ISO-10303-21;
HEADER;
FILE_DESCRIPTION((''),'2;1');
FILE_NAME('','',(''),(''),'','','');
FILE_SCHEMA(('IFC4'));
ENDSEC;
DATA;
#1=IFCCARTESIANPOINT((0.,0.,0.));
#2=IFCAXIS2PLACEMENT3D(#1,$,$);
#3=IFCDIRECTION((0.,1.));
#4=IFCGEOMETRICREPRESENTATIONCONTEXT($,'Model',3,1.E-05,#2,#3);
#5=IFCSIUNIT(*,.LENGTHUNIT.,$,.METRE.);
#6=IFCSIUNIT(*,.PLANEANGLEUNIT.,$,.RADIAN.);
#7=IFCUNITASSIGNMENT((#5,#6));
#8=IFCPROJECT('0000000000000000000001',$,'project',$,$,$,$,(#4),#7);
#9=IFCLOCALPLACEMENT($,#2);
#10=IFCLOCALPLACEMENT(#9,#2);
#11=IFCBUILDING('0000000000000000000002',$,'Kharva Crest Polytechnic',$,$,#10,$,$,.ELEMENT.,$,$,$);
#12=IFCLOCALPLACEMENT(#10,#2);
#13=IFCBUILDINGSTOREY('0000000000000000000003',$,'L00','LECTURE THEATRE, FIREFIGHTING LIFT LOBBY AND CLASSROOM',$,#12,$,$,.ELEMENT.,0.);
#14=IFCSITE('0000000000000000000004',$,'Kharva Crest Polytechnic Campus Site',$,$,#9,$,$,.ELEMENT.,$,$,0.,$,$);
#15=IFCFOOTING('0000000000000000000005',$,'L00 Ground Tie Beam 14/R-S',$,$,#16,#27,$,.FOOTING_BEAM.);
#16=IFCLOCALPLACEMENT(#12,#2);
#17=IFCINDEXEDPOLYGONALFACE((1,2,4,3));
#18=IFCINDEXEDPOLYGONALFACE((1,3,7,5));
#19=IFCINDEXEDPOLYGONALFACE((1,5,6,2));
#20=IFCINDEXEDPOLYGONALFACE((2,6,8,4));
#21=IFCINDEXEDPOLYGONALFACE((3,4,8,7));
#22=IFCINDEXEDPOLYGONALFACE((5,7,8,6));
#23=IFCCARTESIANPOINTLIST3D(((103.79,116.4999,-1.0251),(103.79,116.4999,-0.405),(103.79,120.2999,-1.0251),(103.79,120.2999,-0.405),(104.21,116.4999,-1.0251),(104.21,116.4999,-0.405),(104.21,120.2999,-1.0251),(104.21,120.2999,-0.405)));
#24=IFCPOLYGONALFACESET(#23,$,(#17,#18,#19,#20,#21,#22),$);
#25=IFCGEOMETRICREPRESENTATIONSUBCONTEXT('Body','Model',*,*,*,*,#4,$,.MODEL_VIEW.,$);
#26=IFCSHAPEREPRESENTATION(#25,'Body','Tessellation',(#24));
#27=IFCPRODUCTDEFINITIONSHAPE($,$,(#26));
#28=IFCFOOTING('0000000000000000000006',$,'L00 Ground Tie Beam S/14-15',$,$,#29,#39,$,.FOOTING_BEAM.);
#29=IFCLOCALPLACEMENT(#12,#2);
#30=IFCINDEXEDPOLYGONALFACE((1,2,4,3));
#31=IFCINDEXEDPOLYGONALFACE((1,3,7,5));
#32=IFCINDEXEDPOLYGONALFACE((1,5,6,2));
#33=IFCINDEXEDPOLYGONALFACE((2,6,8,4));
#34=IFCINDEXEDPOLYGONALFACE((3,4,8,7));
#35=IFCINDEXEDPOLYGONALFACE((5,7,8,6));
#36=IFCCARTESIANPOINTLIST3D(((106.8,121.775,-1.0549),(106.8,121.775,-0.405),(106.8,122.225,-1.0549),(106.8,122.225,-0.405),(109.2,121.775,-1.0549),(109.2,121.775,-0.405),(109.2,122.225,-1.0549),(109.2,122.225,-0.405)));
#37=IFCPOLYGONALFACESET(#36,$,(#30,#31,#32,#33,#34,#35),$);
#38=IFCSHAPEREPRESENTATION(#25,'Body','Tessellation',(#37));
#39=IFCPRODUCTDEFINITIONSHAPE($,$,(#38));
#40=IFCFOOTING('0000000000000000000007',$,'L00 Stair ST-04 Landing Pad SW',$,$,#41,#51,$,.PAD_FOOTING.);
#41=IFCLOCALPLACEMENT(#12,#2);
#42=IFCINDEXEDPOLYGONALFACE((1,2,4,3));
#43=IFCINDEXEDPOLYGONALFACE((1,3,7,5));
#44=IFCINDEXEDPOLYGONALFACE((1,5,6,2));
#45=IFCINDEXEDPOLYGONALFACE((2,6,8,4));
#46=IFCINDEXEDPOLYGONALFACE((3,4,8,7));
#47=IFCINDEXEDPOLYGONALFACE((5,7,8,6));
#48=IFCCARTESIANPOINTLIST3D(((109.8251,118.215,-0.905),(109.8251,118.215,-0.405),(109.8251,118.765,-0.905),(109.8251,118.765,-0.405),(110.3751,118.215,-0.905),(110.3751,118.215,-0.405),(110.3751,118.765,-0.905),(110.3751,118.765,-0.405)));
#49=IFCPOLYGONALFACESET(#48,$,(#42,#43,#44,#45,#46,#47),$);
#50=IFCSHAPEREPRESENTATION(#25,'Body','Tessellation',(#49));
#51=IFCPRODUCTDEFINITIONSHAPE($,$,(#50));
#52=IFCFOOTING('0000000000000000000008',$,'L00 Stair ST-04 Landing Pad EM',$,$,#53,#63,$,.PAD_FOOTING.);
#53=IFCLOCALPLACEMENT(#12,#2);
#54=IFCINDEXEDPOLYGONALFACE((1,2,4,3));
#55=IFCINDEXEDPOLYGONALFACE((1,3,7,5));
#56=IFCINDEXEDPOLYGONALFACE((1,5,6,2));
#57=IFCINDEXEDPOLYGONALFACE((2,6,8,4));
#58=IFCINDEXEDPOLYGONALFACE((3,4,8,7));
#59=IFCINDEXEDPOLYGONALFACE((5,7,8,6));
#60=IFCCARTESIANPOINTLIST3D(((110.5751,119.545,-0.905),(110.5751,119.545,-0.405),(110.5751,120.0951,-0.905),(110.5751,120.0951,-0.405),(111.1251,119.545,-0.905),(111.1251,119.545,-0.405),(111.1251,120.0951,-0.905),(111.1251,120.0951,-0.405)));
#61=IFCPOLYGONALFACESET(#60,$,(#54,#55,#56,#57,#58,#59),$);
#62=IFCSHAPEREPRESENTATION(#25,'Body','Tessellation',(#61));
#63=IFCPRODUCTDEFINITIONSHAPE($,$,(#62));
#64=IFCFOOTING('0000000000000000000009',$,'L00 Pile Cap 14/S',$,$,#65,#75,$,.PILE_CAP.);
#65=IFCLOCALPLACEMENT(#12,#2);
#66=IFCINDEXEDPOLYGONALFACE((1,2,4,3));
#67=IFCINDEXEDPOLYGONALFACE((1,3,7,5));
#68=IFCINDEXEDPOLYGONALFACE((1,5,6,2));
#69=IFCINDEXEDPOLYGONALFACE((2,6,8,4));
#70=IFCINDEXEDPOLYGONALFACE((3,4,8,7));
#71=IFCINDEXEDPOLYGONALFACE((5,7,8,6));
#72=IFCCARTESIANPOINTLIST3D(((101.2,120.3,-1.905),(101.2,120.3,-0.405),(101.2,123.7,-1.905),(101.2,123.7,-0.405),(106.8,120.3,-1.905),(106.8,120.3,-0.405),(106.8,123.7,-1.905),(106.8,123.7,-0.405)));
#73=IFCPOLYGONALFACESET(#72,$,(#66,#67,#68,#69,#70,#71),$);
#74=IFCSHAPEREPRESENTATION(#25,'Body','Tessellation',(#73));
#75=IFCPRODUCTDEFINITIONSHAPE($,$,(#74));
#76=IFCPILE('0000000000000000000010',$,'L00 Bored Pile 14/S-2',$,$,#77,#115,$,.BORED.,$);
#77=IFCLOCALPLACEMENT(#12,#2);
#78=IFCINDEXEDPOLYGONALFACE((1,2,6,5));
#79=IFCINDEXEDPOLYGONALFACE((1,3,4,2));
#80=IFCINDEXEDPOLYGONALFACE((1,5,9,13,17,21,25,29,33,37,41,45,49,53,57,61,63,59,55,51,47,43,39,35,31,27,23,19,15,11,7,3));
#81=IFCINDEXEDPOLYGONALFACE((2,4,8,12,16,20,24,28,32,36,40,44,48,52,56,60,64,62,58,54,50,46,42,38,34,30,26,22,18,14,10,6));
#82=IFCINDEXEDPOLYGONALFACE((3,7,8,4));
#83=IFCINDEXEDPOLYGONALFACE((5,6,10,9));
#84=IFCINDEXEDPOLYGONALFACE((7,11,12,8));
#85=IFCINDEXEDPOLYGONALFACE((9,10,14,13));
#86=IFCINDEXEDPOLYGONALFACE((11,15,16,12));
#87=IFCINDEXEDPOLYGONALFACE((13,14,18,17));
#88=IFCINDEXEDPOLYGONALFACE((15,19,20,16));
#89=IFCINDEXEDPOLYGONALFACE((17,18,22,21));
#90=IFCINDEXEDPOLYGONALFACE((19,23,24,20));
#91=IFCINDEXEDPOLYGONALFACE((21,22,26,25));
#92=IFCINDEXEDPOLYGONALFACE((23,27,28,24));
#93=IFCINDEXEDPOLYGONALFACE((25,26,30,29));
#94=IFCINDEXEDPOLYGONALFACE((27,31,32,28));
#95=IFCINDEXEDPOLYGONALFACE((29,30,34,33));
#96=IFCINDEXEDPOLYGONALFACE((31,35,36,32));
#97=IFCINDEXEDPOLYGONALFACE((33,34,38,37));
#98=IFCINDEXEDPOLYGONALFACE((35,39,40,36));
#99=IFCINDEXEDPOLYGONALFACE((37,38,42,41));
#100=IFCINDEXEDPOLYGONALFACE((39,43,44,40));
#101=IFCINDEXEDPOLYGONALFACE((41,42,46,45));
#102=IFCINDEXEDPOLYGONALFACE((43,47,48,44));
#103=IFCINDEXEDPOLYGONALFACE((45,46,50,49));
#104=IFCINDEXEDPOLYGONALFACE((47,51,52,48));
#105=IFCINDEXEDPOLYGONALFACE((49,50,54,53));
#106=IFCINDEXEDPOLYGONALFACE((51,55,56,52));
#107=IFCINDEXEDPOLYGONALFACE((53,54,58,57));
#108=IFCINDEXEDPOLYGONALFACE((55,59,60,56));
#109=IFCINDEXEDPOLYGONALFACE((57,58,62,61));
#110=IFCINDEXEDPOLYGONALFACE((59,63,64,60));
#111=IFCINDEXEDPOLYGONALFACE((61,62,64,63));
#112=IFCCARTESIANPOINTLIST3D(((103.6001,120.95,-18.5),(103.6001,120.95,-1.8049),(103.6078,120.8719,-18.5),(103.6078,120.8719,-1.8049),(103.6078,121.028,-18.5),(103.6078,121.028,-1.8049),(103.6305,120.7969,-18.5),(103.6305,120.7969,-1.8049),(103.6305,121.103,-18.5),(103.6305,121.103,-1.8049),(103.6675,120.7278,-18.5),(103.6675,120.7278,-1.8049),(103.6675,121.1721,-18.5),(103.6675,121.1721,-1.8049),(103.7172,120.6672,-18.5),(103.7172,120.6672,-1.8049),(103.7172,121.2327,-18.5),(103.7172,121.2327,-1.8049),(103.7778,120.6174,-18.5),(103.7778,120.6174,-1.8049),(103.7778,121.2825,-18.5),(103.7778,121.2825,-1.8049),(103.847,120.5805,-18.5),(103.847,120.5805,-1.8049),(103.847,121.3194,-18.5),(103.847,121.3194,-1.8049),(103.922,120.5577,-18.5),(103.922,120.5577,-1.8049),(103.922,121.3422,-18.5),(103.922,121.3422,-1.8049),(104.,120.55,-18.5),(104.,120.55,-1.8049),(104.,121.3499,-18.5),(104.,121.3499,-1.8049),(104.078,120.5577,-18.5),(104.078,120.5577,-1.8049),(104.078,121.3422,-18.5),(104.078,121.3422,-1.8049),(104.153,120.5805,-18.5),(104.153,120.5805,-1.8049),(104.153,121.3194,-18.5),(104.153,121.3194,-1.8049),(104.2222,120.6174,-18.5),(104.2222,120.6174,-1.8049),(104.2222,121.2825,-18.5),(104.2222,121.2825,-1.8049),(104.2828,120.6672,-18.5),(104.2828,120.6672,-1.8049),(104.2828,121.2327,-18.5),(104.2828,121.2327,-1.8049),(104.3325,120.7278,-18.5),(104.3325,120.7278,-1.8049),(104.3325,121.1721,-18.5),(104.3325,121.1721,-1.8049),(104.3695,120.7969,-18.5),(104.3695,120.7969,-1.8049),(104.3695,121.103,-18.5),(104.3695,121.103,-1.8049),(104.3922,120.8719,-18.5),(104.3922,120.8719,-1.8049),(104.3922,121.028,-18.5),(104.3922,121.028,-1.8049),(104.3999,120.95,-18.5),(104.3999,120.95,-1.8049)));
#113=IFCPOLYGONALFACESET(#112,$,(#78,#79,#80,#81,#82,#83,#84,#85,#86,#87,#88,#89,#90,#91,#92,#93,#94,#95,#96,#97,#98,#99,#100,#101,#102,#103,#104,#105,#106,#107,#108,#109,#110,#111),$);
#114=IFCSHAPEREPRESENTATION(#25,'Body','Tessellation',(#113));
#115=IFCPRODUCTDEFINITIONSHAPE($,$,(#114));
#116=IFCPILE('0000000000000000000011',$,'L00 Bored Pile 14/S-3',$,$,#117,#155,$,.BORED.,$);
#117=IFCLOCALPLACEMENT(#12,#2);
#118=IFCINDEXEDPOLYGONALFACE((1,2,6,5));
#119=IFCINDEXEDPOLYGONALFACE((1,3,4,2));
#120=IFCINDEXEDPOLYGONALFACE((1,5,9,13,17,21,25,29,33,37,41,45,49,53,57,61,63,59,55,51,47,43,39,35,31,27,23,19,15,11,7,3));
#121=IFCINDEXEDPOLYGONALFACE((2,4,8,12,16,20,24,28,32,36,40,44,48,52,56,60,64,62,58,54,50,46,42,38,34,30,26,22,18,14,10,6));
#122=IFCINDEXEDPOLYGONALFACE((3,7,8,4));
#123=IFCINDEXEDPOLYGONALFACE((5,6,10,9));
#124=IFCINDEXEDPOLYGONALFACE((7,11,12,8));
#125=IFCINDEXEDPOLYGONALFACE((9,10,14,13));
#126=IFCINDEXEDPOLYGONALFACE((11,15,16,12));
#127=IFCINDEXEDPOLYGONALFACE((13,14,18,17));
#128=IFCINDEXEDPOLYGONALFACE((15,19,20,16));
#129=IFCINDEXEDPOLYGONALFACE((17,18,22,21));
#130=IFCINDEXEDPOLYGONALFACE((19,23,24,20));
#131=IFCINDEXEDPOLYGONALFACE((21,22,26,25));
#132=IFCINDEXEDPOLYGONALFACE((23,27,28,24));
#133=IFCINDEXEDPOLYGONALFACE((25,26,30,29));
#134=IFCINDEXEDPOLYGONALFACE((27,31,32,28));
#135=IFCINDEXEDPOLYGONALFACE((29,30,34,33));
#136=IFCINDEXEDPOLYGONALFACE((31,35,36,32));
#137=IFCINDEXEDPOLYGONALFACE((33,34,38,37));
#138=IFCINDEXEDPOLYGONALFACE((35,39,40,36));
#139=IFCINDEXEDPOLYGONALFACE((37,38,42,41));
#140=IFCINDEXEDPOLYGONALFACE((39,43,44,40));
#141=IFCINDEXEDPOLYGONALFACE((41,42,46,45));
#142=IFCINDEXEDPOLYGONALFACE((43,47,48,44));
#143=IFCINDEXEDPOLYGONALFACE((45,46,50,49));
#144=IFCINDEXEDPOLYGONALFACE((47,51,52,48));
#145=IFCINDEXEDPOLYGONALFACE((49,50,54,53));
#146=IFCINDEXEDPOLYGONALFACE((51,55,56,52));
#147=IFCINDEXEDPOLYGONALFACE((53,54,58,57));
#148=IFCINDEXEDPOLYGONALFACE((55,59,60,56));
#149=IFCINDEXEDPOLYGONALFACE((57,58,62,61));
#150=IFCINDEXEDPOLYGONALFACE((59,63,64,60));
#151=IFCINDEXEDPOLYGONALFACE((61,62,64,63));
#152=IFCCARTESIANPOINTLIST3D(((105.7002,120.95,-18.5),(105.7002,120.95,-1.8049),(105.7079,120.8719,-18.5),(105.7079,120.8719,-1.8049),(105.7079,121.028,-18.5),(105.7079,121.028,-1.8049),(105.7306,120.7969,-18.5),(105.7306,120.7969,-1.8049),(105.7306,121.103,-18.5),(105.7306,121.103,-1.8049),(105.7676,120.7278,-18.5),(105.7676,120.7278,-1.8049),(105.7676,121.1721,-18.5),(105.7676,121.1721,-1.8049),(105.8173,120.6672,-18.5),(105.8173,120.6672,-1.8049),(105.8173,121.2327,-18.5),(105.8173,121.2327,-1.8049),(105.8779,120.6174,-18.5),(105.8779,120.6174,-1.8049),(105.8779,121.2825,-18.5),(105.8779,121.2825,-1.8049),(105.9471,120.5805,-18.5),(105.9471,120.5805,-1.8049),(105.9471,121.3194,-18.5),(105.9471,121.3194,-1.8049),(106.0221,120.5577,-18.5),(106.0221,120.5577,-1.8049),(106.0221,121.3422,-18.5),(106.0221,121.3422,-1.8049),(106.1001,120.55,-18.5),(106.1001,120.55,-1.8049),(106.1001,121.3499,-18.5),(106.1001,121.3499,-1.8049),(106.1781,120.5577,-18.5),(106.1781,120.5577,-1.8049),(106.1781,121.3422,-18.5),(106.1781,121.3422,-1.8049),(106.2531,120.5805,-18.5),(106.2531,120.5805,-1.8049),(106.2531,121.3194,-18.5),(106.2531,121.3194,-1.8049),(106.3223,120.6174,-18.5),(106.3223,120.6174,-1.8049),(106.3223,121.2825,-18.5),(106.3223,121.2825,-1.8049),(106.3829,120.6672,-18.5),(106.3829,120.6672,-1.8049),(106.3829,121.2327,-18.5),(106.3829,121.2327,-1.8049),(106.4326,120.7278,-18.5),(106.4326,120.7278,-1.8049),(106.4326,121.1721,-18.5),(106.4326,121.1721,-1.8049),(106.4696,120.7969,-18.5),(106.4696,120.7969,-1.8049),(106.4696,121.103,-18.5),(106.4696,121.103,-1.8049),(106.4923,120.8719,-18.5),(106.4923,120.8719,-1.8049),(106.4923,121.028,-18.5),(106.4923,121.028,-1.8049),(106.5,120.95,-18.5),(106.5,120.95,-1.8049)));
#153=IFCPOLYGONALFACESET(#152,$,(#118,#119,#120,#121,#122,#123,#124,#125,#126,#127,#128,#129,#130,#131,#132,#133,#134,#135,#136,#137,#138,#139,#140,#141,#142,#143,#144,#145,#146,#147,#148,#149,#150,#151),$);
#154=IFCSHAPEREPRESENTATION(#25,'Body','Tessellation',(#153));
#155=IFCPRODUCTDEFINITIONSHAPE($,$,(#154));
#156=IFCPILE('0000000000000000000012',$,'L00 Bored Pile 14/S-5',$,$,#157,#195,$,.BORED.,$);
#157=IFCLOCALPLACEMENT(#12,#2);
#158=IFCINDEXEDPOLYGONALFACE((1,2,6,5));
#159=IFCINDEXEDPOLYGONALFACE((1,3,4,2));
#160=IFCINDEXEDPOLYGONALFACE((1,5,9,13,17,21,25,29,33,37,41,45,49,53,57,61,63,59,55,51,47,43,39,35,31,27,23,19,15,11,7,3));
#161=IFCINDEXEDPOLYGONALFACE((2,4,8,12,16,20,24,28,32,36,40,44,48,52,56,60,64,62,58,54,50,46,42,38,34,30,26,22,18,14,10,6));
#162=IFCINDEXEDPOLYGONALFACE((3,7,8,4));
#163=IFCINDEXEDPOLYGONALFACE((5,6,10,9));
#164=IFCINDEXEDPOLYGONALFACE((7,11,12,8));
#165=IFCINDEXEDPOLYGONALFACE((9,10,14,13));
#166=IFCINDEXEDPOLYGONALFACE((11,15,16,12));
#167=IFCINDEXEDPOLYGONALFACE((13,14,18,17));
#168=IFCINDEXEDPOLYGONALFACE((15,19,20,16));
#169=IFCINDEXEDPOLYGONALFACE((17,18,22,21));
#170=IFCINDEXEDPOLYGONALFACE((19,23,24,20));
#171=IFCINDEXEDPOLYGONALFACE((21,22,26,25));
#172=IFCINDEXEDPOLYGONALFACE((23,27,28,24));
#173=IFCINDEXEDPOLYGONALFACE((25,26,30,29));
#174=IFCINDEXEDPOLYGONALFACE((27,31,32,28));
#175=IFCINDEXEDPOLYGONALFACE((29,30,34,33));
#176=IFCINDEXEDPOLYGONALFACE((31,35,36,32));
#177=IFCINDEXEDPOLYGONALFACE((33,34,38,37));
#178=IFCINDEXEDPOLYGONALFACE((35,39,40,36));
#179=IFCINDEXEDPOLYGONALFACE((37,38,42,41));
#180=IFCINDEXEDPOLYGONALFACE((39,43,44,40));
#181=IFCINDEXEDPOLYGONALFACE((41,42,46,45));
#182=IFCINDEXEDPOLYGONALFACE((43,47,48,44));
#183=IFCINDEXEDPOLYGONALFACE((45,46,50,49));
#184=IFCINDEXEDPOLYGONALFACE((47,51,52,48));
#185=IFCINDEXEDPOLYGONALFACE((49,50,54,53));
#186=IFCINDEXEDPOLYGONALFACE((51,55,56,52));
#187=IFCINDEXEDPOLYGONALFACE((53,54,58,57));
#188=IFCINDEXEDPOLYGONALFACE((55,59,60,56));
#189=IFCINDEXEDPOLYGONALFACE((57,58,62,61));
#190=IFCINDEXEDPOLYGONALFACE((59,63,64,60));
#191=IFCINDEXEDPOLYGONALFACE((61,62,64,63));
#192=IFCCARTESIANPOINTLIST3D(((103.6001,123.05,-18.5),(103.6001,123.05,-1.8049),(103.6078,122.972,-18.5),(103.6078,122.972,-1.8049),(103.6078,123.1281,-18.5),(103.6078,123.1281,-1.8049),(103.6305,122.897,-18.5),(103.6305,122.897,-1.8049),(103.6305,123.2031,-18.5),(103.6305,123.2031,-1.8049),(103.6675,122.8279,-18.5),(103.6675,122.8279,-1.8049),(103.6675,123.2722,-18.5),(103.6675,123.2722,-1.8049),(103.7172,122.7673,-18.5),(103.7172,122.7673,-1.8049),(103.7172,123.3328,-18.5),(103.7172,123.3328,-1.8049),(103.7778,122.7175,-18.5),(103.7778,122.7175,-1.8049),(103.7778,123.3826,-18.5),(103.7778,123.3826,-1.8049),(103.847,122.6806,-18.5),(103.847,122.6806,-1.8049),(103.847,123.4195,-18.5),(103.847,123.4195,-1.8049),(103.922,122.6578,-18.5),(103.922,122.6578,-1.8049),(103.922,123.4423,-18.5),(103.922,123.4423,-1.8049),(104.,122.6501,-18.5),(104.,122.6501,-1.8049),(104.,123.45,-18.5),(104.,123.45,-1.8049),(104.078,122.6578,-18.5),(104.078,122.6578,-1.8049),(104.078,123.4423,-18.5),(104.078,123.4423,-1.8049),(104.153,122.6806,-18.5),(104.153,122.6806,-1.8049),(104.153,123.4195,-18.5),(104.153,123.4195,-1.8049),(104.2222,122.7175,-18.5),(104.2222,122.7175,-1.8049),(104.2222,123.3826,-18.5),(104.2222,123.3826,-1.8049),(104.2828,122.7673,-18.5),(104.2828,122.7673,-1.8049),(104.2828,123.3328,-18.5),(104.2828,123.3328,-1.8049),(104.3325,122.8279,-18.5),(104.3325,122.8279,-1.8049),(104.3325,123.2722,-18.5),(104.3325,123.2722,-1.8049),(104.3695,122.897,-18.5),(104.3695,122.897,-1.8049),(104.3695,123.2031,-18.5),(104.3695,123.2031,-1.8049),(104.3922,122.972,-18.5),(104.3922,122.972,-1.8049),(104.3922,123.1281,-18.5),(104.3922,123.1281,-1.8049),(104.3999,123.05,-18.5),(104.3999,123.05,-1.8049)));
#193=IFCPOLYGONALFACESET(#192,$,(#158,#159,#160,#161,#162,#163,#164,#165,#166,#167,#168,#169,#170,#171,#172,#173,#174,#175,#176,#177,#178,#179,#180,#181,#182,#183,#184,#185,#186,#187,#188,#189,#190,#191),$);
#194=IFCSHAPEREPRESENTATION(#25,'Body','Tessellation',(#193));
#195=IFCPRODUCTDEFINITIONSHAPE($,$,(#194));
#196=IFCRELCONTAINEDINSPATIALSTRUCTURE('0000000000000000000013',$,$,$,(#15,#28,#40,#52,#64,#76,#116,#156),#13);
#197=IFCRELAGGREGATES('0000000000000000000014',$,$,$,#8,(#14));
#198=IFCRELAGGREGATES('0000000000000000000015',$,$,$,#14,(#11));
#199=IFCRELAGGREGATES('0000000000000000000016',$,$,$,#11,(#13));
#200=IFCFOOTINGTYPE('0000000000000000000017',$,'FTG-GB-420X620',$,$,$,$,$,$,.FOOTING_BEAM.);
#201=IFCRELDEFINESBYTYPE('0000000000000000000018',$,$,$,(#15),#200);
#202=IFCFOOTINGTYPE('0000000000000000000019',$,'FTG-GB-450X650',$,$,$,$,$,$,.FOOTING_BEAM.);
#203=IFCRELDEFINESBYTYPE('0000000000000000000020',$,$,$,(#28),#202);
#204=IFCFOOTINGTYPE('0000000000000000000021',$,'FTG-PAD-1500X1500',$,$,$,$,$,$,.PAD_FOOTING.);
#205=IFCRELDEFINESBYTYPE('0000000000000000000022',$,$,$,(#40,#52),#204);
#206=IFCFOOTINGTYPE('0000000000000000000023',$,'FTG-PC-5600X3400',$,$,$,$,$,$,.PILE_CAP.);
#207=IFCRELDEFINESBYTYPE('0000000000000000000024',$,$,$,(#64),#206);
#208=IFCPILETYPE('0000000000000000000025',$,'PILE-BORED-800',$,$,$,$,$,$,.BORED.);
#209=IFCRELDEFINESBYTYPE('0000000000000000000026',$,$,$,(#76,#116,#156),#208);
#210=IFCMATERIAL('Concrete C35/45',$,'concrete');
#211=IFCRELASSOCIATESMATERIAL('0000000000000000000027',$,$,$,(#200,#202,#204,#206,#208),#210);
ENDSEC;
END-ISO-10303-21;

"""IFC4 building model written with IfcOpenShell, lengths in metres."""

from ifc_helpers import new_model, si_unit, direction, frame, origin, origin_2d, place, context, subcontext, project, spatial, rectangle, circle, extrude, material, material_profile, profile_set, type_object, element, save


model = new_model("IFC4")

# Units and contexts
model_context = context("Model", 3, precision=1e-05, world=origin(), true_north=direction((0.0, 1.0)))
body_context = subcontext(model_context, "Body", "Model", "MODEL_VIEW")
ifc_project = project(units=[si_unit("LENGTHUNIT", "METRE"), si_unit("PLANEANGLEUNIT", "RADIAN")], contexts=[model_context])

# Site, building, storey
site_placement = place(None, origin())
site = spatial("IfcSite", under=ifc_project, at=site_placement, Name="Kharva Crest Polytechnic Campus Site", CompositionType="ELEMENT", RefElevation=0.0)
building_placement = place(site_placement, origin())
building = spatial("IfcBuilding", under=site, at=building_placement, Name="Kharva Crest Polytechnic", CompositionType="ELEMENT")
storey_placement = place(building_placement, origin())
storey = spatial("IfcBuildingStorey", under=building, at=storey_placement, Name="L00", Description="LECTURE THEATRE, FIREFIGHTING LIFT LOBBY AND CLASSROOM", CompositionType="ELEMENT", Elevation=0.0)

# Footings
ifc_material_1 = material(Name="Concrete C35/45", Category="concrete")
footing_type_1 = type_object("IfcFootingType", Name="FTG-GB-420X620", PredefinedType="FOOTING_BEAM", material=ifc_material_1)
footing_1_placement = place(storey_placement, frame((104.0, 118.3999, -1.0251), z_axis=(0.0, 0.0, 1.0), x_axis=(0.0, 1.0, 0.0)))
element("IfcFooting", 1, at=footing_1_placement, inside=storey, type_object=footing_type_1, Name="L00 Ground Tie Beam 14/R-S", PredefinedType="FOOTING_BEAM", context=body_context, shape_type="SweptSolid", body=[
    extrude(rectangle(XDim=3.8, YDim=0.4199, at=origin_2d()), origin(), (0.0, 0.0, 1.0), 0.6201),
])
footing_type_2 = type_object("IfcFootingType", Name="FTG-GB-450X650", PredefinedType="FOOTING_BEAM", material=ifc_material_1)
footing_2_placement = place(storey_placement, frame((108.0, 122.0, -1.0549), z_axis=(0.0, 0.0, 1.0), x_axis=(1.0, 0.0, 0.0)))
element("IfcFooting", 2, at=footing_2_placement, inside=storey, type_object=footing_type_2, Name="L00 Ground Tie Beam S/14-15", PredefinedType="FOOTING_BEAM", context=body_context, shape_type="SweptSolid", body=[
    extrude(rectangle(XDim=2.3999, YDim=0.45, at=origin_2d()), origin(), (0.0, 0.0, 1.0), 0.6499),
])
footing_type_3 = type_object("IfcFootingType", Name="FTG-PAD-1500X1500", PredefinedType="PAD_FOOTING", material=ifc_material_1)
for number, where, z_axis, x_axis, name in (
    (3, (110.1001, 118.49, -0.905), (0.0, 0.0, 1.0), (1.0, 0.0, 0.0), "L00 Stair ST-04 Landing Pad SW"),
    (4, (110.8501, 119.8201, -0.905), (0.0, 0.0, 1.0), (1.0, 0.0, 0.0), "L00 Stair ST-04 Landing Pad EM"),
):
    element("IfcFooting", number, at=place(storey_placement, frame(where, z_axis=z_axis, x_axis=x_axis)), inside=storey, type_object=footing_type_3, Name=name, PredefinedType="PAD_FOOTING", context=body_context, shape_type="SweptSolid", body=[
        extrude(rectangle(XDim=0.55, YDim=0.55, at=origin_2d()), origin(), (0.0, 0.0, 1.0), 0.5),
    ])
footing_type_4 = type_object("IfcFootingType", Name="FTG-PC-5600X3400", PredefinedType="PILE_CAP", material=ifc_material_1)
footing_3_placement = place(storey_placement, frame((104.0, 122.0, -1.905), z_axis=(0.0, 0.0, 1.0), x_axis=(1.0, 0.0, 0.0)))
element("IfcFooting", 5, at=footing_3_placement, inside=storey, type_object=footing_type_4, Name="L00 Pile Cap 14/S", PredefinedType="PILE_CAP", context=body_context, shape_type="SweptSolid", body=[
    extrude(rectangle(XDim=5.6001, YDim=3.3999, at=origin_2d()), origin(), (0.0, 0.0, 1.0), 1.5),
])

# Piles
ifc_material_profile_1 = material_profile(ifc_material_1, circle(Radius=0.3999, at=origin_2d()), Name="DIA 800")
ifc_profile_set_1 = profile_set([ifc_material_profile_1], Name="Concrete C35/45")
pile_type = type_object("IfcPileType", Name="PILE-BORED-800", PredefinedType="BORED", material=ifc_profile_set_1)
for number, where, z_axis, x_axis, name in (
    (6, (104.0, 120.95, -1.8049), (0.0, 0.0, -1.0), (1.0, 0.0, 0.0), "L00 Bored Pile 14/S-2"),
    (7, (106.1001, 120.95, -1.8049), (0.0, 0.0, -1.0), (1.0, 0.0, 0.0), "L00 Bored Pile 14/S-3"),
    (8, (104.0, 123.05, -1.8049), (0.0, 0.0, -1.0), (1.0, 0.0, 0.0), "L00 Bored Pile 14/S-5"),
):
    element("IfcPile", number, at=place(storey_placement, frame(where, z_axis=z_axis, x_axis=x_axis)), inside=storey, type_object=pile_type, Name=name, PredefinedType="BORED", context=body_context, shape_type="SweptSolid", body=[
        extrude(circle(Radius=0.3999, at=origin_2d()), origin(), (0.0, 0.0, 1.0), 16.6951),
    ])

save(model, "model.ifc")
